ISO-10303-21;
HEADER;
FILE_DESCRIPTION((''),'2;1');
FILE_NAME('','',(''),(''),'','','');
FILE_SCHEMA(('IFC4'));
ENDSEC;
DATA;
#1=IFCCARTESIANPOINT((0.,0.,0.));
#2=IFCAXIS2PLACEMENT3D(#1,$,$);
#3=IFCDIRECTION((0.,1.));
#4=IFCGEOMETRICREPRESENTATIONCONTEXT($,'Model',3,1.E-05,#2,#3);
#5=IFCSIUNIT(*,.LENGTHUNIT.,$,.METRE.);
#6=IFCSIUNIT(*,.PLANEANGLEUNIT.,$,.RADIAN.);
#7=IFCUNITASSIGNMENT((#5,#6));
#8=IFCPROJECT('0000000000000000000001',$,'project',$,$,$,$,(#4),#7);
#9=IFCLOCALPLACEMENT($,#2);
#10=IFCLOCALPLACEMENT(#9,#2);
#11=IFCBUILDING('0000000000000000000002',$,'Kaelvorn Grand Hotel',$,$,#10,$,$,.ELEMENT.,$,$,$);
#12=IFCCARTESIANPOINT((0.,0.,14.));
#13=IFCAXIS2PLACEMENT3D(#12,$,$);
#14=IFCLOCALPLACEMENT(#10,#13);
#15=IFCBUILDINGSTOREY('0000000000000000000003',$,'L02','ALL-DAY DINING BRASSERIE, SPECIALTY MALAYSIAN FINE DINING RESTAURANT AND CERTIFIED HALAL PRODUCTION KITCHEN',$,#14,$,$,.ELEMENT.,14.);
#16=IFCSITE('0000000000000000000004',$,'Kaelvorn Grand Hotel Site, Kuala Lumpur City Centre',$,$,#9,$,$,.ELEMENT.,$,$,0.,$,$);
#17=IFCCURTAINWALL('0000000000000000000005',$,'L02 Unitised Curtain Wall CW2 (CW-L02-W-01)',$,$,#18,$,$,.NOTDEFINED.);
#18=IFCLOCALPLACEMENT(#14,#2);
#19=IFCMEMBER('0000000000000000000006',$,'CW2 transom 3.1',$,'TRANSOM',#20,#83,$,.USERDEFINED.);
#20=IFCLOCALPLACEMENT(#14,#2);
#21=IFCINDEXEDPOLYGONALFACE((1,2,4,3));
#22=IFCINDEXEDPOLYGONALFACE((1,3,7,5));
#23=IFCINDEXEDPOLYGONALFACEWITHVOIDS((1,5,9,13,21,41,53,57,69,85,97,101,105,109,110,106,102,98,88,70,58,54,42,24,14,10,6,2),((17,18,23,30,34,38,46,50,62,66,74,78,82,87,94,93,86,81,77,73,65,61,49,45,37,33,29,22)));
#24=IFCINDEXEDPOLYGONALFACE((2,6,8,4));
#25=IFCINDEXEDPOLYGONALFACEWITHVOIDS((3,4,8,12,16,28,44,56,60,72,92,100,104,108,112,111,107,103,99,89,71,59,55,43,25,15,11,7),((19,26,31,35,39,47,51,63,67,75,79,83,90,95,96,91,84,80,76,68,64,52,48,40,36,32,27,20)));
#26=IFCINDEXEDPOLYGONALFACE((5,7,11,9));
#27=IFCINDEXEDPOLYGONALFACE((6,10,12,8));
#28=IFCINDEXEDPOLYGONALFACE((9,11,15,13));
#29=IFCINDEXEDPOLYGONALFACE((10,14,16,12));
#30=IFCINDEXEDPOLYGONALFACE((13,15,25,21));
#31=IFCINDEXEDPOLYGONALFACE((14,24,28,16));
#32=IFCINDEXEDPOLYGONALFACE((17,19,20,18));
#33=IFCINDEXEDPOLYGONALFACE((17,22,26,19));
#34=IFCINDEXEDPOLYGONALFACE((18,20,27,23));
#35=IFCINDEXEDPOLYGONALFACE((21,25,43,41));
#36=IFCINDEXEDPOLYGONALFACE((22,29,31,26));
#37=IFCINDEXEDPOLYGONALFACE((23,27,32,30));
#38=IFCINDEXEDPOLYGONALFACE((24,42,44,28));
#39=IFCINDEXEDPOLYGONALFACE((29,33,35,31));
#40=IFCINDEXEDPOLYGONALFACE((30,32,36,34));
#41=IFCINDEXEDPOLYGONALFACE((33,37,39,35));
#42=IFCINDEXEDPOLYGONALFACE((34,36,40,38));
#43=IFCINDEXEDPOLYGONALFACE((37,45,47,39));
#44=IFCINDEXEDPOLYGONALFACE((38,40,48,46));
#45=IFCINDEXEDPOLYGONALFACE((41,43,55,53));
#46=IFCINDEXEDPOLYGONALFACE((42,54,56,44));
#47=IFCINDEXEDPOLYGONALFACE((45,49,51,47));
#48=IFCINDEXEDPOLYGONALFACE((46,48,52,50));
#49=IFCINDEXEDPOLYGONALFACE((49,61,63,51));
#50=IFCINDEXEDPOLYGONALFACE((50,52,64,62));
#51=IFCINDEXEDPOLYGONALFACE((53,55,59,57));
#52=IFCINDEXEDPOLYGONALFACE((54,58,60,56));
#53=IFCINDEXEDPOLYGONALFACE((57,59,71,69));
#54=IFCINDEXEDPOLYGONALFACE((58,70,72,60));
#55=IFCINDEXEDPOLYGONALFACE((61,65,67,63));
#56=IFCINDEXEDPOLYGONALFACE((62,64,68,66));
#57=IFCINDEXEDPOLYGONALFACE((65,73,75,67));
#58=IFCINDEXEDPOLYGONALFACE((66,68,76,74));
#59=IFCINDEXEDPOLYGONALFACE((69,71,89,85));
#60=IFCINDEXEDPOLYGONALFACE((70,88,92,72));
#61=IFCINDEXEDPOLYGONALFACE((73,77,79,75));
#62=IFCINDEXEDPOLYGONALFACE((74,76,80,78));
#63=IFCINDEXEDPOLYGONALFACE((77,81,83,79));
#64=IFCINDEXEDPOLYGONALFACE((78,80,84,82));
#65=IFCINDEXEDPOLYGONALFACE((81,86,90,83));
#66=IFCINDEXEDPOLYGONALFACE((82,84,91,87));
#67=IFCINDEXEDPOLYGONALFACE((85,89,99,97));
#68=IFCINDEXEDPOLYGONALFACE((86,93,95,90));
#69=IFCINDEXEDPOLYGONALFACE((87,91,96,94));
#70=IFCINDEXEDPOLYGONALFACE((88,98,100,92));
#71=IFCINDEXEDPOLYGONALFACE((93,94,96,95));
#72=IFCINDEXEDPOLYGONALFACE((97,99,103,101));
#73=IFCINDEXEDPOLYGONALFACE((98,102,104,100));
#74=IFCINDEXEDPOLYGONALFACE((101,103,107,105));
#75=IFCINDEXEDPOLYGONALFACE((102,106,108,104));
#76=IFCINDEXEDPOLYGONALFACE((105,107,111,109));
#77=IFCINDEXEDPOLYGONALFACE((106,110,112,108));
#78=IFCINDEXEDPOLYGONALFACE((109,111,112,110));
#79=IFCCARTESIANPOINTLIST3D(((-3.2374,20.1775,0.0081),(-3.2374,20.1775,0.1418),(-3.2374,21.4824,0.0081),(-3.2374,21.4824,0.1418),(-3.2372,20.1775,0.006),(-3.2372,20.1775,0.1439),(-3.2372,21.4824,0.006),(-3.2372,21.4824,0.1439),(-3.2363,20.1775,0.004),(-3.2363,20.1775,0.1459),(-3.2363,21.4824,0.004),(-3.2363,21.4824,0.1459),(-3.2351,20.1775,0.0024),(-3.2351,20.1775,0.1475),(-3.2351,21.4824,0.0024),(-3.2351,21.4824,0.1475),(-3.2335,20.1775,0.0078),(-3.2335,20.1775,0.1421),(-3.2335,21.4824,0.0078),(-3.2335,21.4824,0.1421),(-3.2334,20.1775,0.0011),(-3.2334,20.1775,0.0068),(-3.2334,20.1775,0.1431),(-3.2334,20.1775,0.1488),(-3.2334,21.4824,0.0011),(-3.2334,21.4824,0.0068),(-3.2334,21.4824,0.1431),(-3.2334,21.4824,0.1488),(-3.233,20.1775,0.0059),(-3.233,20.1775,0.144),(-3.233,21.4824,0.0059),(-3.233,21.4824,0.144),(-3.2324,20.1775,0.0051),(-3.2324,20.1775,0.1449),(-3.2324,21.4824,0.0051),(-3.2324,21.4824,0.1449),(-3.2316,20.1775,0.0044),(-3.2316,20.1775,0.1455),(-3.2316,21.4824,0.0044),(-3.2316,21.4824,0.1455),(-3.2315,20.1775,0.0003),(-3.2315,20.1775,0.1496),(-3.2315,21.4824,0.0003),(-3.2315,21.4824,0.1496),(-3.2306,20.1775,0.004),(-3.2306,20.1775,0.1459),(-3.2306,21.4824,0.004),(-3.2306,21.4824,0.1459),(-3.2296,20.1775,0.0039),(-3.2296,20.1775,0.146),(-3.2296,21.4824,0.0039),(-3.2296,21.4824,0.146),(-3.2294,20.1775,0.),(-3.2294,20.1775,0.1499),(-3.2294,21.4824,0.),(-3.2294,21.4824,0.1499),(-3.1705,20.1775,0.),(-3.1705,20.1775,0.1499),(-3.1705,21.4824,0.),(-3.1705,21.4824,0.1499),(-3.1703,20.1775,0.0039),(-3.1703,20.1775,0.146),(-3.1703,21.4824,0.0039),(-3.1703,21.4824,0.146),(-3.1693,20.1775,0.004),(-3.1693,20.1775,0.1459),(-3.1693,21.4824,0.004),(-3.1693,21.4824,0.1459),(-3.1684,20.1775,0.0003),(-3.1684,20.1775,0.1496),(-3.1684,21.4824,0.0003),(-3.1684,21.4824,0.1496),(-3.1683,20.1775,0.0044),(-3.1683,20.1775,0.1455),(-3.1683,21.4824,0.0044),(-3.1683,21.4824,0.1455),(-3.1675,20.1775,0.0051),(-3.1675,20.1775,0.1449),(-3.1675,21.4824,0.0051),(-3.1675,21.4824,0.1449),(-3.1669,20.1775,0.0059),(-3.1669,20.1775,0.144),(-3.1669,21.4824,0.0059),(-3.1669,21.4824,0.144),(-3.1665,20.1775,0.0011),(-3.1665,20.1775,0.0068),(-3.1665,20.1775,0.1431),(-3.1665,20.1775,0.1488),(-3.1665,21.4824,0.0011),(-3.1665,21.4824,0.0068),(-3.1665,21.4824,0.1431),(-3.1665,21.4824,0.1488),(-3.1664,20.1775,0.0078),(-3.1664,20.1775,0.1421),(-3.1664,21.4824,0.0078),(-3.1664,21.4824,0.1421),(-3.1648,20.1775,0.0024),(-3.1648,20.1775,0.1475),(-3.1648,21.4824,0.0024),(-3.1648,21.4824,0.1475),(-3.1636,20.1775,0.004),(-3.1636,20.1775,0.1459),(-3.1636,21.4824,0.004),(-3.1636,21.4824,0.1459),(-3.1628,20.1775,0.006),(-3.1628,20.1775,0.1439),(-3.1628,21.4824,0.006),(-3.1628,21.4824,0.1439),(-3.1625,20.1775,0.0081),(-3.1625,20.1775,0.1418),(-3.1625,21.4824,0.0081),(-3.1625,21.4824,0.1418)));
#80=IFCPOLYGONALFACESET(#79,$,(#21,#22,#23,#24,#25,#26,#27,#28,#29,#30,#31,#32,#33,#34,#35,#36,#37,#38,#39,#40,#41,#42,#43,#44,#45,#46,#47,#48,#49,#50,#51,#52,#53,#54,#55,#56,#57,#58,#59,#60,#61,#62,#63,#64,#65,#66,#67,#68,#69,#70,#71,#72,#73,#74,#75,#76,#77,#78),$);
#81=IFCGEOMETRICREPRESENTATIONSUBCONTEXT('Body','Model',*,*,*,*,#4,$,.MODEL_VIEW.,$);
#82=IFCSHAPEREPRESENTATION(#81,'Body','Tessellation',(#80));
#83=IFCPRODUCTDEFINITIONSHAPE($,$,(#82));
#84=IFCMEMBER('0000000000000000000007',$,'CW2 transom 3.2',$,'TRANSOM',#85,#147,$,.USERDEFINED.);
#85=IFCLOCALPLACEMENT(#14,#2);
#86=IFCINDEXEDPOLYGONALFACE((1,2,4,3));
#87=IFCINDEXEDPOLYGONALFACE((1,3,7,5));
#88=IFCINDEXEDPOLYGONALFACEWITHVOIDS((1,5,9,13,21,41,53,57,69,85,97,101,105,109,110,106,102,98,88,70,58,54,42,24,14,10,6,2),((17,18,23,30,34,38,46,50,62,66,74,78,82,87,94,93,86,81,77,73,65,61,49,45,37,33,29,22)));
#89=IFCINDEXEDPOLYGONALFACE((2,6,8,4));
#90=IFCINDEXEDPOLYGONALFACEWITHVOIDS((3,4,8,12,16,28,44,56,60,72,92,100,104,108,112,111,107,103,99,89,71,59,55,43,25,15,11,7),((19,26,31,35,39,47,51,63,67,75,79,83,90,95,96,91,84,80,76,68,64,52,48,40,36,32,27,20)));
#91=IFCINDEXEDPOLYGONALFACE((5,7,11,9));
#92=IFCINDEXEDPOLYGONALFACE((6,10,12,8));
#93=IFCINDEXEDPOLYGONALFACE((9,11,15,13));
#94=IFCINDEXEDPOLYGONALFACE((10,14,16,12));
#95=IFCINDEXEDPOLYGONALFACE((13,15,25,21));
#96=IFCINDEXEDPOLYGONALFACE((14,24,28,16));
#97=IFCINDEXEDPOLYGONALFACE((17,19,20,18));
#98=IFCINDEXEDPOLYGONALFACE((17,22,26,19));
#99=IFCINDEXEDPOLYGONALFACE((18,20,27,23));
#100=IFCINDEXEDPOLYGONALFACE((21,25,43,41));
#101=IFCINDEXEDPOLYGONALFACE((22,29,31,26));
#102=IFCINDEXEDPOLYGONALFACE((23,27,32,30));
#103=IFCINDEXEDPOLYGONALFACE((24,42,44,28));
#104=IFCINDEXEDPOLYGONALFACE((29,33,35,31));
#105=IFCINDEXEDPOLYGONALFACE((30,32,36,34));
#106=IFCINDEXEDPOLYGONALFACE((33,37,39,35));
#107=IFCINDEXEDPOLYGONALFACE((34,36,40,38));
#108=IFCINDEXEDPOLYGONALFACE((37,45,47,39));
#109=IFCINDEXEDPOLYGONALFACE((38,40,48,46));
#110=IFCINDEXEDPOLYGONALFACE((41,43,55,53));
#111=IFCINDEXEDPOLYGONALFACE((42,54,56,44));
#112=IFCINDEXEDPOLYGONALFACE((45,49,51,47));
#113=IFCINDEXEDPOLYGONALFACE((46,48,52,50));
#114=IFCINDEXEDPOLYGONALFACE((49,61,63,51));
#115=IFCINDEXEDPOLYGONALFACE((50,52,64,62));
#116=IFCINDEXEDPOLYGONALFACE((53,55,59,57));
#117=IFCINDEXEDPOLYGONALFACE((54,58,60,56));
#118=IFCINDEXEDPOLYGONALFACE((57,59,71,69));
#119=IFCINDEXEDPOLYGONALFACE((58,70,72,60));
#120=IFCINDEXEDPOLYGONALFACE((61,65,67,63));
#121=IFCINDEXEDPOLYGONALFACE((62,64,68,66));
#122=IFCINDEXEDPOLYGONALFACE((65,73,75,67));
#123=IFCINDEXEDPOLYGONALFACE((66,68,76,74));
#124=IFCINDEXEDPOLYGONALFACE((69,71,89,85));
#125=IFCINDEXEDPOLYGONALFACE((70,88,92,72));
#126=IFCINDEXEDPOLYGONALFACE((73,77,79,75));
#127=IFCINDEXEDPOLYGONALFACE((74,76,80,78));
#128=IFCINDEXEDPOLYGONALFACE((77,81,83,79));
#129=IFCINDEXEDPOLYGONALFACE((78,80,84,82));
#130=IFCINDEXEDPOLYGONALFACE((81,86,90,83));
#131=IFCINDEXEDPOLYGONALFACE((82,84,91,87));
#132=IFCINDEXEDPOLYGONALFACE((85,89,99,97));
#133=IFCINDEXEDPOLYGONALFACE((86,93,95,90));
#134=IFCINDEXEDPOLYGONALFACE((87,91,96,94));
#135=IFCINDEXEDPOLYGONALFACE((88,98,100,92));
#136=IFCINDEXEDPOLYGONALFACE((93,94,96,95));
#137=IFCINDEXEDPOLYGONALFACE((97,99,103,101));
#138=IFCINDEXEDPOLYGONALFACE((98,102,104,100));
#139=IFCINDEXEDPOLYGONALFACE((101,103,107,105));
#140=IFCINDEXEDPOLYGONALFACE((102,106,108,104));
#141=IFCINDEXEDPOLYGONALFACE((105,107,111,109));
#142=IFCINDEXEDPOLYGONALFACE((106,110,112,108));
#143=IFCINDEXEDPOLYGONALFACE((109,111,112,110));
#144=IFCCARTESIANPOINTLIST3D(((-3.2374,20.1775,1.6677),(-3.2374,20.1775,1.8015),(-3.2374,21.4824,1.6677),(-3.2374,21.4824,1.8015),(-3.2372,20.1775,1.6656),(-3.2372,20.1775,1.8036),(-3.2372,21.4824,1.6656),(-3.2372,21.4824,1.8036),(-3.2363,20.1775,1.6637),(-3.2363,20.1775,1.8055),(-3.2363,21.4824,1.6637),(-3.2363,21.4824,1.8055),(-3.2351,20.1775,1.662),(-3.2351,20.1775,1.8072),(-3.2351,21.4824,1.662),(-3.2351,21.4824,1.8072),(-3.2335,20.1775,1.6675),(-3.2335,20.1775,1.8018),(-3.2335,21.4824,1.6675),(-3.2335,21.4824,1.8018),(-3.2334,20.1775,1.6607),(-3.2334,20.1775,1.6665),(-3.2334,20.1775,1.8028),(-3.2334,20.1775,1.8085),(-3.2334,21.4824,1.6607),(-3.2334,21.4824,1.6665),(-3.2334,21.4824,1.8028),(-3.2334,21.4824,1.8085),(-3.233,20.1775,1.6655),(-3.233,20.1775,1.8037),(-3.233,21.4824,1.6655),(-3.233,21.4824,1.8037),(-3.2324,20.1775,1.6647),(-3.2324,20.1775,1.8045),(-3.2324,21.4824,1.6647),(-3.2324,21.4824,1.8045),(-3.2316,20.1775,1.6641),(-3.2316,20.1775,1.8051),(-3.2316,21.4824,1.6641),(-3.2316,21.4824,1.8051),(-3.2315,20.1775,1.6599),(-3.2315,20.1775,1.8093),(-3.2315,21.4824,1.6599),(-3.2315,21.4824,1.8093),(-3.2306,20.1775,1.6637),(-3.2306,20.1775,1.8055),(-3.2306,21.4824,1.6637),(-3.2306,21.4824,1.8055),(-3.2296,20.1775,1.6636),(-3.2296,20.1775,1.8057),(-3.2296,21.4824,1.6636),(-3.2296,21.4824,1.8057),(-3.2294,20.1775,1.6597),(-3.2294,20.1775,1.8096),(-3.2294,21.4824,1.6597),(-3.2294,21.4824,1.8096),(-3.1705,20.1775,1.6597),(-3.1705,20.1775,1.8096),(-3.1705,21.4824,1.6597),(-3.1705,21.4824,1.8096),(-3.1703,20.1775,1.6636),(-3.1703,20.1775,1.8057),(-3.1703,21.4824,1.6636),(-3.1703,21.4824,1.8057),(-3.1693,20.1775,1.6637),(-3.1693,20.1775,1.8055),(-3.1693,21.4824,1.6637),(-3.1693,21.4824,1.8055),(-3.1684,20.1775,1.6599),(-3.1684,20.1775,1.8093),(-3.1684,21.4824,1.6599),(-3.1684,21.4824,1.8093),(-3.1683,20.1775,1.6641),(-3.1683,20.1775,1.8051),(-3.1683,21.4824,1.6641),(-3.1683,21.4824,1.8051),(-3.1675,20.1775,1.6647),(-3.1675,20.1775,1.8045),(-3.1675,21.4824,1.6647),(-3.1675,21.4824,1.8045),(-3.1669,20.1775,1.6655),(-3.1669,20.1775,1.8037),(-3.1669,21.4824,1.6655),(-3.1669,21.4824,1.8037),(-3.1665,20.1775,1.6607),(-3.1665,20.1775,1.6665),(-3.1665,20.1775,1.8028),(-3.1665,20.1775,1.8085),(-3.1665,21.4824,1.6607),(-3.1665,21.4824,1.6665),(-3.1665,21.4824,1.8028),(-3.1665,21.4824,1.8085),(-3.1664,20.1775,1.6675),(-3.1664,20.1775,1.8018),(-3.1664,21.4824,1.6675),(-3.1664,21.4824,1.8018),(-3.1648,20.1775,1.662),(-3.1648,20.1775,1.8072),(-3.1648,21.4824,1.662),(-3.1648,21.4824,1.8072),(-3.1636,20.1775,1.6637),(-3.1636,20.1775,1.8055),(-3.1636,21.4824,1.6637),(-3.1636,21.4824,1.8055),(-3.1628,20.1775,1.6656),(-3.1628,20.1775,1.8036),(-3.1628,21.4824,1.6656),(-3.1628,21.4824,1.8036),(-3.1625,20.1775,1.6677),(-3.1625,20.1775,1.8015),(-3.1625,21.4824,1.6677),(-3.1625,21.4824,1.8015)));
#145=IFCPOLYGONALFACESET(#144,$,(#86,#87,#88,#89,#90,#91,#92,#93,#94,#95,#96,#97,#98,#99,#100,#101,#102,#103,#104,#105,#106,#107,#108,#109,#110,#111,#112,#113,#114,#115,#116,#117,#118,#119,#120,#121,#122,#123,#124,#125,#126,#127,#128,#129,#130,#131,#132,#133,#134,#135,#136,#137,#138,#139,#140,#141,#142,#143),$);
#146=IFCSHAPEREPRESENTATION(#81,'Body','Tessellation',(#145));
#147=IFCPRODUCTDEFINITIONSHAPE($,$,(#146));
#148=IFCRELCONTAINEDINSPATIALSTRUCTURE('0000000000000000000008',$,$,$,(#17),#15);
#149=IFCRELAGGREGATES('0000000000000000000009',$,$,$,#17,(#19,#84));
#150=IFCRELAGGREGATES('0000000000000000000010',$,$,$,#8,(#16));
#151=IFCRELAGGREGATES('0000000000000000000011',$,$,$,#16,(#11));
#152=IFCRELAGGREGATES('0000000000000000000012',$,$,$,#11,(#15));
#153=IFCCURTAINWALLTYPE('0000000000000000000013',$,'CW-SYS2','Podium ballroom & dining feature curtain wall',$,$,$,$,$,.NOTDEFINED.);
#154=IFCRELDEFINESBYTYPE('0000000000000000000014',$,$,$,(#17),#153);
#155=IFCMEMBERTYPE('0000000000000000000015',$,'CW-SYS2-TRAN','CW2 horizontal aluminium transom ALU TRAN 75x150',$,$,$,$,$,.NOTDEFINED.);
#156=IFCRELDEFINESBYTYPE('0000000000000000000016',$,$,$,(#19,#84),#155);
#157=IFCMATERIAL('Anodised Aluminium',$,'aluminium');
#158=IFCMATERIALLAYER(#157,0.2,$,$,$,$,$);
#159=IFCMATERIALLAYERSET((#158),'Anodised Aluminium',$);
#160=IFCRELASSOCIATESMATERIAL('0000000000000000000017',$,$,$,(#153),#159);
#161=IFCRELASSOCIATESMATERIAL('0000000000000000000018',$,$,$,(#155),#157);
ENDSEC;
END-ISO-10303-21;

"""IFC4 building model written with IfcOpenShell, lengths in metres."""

from ifc_helpers import new_model, si_unit, direction, frame, origin, origin_2d, place, context, subcontext, project, spatial, hollow_rectangle, extrude, material, layer, layer_set, material_profile, profile_set, type_object, element, aggregate, save


model = new_model("IFC4")

# Units and contexts
model_context = context("Model", 3, precision=1e-05, world=origin(), true_north=direction((0.0, 1.0)))
body_context = subcontext(model_context, "Body", "Model", "MODEL_VIEW")
ifc_project = project(units=[si_unit("LENGTHUNIT", "METRE"), si_unit("PLANEANGLEUNIT", "RADIAN")], contexts=[model_context])

# Site, building, storey
site_placement = place(None, origin())
site = spatial("IfcSite", under=ifc_project, at=site_placement, Name="Kaelvorn Grand Hotel Site, Kuala Lumpur City Centre", CompositionType="ELEMENT", RefElevation=0.0)
building_placement = place(site_placement, origin())
building = spatial("IfcBuilding", under=site, at=building_placement, Name="Kaelvorn Grand Hotel", CompositionType="ELEMENT")
storey_placement = place(building_placement, frame((0.0, 0.0, 14.0)))
storey = spatial("IfcBuildingStorey", under=building, at=storey_placement, Name="L02", Description="ALL-DAY DINING BRASSERIE, SPECIALTY MALAYSIAN FINE DINING RESTAURANT AND CERTIFIED HALAL PRODUCTION KITCHEN", CompositionType="ELEMENT", Elevation=14.0)

# Curtain wall, members
ifc_material_1 = material(Name="Anodised Aluminium", Category="aluminium")
ifc_layer_1 = layer(ifc_material_1, 0.2)
ifc_layer_set_1 = layer_set([ifc_layer_1], Name="Anodised Aluminium")
curtain_wall_type = type_object("IfcCurtainWallType", Name="CW-SYS2", Description="Podium ballroom & dining feature curtain wall", PredefinedType="NOTDEFINED", material=ifc_layer_set_1)
curtain_wall_placement = place(storey_placement, origin())
curtain_wall = element("IfcCurtainWall", 1, at=curtain_wall_placement, inside=storey, type_object=curtain_wall_type, Name="L02 Unitised Curtain Wall CW2 (CW-L02-W-01)", PredefinedType="NOTDEFINED")
ifc_material_profile_1 = material_profile(ifc_material_1, hollow_rectangle(XDim=0.075, YDim=0.1499, WallThickness=0.0039, InnerFilletRadius=0.0039, OuterFilletRadius=0.0081, at=origin_2d()), Name="ALU TRAN 75x150")
ifc_profile_set_1 = profile_set([ifc_material_profile_1], Name="Anodised Aluminium")
member_type_1 = type_object("IfcMemberType", Name="CW-SYS2-TRAN", Description="CW2 horizontal aluminium transom ALU TRAN 75x150", PredefinedType="NOTDEFINED", material=ifc_profile_set_1)
member_1_placement = place(storey_placement, frame((-3.2, 21.4824, 0.075), z_axis=(0.0, -1.0, 0.0), x_axis=(1.0, 0.0, 0.0)))
member_1 = element("IfcMember", 2, at=member_1_placement, type_object=member_type_1, Name="CW2 transom 3.1", ObjectType="TRANSOM", PredefinedType="USERDEFINED", context=body_context, shape_type="SweptSolid", body=[
    extrude(hollow_rectangle(XDim=0.075, YDim=0.1499, WallThickness=0.0039, InnerFilletRadius=0.0039, OuterFilletRadius=0.0081, at=origin_2d()), origin(), (0.0, 0.0, 1.0), 1.3049),
])
member_2_placement = place(storey_placement, frame((-3.2, 21.4824, 1.7346), z_axis=(0.0, -1.0, 0.0), x_axis=(1.0, 0.0, 0.0)))
member_2 = element("IfcMember", 3, at=member_2_placement, type_object=member_type_1, Name="CW2 transom 3.2", ObjectType="TRANSOM", PredefinedType="USERDEFINED", context=body_context, shape_type="SweptSolid", body=[
    extrude(hollow_rectangle(XDim=0.075, YDim=0.1499, WallThickness=0.0039, InnerFilletRadius=0.0039, OuterFilletRadius=0.0081, at=origin_2d()), origin(), (0.0, 0.0, 1.0), 1.3049),
])
aggregate(curtain_wall, [member_1, member_2])

save(model, "model.ifc")
